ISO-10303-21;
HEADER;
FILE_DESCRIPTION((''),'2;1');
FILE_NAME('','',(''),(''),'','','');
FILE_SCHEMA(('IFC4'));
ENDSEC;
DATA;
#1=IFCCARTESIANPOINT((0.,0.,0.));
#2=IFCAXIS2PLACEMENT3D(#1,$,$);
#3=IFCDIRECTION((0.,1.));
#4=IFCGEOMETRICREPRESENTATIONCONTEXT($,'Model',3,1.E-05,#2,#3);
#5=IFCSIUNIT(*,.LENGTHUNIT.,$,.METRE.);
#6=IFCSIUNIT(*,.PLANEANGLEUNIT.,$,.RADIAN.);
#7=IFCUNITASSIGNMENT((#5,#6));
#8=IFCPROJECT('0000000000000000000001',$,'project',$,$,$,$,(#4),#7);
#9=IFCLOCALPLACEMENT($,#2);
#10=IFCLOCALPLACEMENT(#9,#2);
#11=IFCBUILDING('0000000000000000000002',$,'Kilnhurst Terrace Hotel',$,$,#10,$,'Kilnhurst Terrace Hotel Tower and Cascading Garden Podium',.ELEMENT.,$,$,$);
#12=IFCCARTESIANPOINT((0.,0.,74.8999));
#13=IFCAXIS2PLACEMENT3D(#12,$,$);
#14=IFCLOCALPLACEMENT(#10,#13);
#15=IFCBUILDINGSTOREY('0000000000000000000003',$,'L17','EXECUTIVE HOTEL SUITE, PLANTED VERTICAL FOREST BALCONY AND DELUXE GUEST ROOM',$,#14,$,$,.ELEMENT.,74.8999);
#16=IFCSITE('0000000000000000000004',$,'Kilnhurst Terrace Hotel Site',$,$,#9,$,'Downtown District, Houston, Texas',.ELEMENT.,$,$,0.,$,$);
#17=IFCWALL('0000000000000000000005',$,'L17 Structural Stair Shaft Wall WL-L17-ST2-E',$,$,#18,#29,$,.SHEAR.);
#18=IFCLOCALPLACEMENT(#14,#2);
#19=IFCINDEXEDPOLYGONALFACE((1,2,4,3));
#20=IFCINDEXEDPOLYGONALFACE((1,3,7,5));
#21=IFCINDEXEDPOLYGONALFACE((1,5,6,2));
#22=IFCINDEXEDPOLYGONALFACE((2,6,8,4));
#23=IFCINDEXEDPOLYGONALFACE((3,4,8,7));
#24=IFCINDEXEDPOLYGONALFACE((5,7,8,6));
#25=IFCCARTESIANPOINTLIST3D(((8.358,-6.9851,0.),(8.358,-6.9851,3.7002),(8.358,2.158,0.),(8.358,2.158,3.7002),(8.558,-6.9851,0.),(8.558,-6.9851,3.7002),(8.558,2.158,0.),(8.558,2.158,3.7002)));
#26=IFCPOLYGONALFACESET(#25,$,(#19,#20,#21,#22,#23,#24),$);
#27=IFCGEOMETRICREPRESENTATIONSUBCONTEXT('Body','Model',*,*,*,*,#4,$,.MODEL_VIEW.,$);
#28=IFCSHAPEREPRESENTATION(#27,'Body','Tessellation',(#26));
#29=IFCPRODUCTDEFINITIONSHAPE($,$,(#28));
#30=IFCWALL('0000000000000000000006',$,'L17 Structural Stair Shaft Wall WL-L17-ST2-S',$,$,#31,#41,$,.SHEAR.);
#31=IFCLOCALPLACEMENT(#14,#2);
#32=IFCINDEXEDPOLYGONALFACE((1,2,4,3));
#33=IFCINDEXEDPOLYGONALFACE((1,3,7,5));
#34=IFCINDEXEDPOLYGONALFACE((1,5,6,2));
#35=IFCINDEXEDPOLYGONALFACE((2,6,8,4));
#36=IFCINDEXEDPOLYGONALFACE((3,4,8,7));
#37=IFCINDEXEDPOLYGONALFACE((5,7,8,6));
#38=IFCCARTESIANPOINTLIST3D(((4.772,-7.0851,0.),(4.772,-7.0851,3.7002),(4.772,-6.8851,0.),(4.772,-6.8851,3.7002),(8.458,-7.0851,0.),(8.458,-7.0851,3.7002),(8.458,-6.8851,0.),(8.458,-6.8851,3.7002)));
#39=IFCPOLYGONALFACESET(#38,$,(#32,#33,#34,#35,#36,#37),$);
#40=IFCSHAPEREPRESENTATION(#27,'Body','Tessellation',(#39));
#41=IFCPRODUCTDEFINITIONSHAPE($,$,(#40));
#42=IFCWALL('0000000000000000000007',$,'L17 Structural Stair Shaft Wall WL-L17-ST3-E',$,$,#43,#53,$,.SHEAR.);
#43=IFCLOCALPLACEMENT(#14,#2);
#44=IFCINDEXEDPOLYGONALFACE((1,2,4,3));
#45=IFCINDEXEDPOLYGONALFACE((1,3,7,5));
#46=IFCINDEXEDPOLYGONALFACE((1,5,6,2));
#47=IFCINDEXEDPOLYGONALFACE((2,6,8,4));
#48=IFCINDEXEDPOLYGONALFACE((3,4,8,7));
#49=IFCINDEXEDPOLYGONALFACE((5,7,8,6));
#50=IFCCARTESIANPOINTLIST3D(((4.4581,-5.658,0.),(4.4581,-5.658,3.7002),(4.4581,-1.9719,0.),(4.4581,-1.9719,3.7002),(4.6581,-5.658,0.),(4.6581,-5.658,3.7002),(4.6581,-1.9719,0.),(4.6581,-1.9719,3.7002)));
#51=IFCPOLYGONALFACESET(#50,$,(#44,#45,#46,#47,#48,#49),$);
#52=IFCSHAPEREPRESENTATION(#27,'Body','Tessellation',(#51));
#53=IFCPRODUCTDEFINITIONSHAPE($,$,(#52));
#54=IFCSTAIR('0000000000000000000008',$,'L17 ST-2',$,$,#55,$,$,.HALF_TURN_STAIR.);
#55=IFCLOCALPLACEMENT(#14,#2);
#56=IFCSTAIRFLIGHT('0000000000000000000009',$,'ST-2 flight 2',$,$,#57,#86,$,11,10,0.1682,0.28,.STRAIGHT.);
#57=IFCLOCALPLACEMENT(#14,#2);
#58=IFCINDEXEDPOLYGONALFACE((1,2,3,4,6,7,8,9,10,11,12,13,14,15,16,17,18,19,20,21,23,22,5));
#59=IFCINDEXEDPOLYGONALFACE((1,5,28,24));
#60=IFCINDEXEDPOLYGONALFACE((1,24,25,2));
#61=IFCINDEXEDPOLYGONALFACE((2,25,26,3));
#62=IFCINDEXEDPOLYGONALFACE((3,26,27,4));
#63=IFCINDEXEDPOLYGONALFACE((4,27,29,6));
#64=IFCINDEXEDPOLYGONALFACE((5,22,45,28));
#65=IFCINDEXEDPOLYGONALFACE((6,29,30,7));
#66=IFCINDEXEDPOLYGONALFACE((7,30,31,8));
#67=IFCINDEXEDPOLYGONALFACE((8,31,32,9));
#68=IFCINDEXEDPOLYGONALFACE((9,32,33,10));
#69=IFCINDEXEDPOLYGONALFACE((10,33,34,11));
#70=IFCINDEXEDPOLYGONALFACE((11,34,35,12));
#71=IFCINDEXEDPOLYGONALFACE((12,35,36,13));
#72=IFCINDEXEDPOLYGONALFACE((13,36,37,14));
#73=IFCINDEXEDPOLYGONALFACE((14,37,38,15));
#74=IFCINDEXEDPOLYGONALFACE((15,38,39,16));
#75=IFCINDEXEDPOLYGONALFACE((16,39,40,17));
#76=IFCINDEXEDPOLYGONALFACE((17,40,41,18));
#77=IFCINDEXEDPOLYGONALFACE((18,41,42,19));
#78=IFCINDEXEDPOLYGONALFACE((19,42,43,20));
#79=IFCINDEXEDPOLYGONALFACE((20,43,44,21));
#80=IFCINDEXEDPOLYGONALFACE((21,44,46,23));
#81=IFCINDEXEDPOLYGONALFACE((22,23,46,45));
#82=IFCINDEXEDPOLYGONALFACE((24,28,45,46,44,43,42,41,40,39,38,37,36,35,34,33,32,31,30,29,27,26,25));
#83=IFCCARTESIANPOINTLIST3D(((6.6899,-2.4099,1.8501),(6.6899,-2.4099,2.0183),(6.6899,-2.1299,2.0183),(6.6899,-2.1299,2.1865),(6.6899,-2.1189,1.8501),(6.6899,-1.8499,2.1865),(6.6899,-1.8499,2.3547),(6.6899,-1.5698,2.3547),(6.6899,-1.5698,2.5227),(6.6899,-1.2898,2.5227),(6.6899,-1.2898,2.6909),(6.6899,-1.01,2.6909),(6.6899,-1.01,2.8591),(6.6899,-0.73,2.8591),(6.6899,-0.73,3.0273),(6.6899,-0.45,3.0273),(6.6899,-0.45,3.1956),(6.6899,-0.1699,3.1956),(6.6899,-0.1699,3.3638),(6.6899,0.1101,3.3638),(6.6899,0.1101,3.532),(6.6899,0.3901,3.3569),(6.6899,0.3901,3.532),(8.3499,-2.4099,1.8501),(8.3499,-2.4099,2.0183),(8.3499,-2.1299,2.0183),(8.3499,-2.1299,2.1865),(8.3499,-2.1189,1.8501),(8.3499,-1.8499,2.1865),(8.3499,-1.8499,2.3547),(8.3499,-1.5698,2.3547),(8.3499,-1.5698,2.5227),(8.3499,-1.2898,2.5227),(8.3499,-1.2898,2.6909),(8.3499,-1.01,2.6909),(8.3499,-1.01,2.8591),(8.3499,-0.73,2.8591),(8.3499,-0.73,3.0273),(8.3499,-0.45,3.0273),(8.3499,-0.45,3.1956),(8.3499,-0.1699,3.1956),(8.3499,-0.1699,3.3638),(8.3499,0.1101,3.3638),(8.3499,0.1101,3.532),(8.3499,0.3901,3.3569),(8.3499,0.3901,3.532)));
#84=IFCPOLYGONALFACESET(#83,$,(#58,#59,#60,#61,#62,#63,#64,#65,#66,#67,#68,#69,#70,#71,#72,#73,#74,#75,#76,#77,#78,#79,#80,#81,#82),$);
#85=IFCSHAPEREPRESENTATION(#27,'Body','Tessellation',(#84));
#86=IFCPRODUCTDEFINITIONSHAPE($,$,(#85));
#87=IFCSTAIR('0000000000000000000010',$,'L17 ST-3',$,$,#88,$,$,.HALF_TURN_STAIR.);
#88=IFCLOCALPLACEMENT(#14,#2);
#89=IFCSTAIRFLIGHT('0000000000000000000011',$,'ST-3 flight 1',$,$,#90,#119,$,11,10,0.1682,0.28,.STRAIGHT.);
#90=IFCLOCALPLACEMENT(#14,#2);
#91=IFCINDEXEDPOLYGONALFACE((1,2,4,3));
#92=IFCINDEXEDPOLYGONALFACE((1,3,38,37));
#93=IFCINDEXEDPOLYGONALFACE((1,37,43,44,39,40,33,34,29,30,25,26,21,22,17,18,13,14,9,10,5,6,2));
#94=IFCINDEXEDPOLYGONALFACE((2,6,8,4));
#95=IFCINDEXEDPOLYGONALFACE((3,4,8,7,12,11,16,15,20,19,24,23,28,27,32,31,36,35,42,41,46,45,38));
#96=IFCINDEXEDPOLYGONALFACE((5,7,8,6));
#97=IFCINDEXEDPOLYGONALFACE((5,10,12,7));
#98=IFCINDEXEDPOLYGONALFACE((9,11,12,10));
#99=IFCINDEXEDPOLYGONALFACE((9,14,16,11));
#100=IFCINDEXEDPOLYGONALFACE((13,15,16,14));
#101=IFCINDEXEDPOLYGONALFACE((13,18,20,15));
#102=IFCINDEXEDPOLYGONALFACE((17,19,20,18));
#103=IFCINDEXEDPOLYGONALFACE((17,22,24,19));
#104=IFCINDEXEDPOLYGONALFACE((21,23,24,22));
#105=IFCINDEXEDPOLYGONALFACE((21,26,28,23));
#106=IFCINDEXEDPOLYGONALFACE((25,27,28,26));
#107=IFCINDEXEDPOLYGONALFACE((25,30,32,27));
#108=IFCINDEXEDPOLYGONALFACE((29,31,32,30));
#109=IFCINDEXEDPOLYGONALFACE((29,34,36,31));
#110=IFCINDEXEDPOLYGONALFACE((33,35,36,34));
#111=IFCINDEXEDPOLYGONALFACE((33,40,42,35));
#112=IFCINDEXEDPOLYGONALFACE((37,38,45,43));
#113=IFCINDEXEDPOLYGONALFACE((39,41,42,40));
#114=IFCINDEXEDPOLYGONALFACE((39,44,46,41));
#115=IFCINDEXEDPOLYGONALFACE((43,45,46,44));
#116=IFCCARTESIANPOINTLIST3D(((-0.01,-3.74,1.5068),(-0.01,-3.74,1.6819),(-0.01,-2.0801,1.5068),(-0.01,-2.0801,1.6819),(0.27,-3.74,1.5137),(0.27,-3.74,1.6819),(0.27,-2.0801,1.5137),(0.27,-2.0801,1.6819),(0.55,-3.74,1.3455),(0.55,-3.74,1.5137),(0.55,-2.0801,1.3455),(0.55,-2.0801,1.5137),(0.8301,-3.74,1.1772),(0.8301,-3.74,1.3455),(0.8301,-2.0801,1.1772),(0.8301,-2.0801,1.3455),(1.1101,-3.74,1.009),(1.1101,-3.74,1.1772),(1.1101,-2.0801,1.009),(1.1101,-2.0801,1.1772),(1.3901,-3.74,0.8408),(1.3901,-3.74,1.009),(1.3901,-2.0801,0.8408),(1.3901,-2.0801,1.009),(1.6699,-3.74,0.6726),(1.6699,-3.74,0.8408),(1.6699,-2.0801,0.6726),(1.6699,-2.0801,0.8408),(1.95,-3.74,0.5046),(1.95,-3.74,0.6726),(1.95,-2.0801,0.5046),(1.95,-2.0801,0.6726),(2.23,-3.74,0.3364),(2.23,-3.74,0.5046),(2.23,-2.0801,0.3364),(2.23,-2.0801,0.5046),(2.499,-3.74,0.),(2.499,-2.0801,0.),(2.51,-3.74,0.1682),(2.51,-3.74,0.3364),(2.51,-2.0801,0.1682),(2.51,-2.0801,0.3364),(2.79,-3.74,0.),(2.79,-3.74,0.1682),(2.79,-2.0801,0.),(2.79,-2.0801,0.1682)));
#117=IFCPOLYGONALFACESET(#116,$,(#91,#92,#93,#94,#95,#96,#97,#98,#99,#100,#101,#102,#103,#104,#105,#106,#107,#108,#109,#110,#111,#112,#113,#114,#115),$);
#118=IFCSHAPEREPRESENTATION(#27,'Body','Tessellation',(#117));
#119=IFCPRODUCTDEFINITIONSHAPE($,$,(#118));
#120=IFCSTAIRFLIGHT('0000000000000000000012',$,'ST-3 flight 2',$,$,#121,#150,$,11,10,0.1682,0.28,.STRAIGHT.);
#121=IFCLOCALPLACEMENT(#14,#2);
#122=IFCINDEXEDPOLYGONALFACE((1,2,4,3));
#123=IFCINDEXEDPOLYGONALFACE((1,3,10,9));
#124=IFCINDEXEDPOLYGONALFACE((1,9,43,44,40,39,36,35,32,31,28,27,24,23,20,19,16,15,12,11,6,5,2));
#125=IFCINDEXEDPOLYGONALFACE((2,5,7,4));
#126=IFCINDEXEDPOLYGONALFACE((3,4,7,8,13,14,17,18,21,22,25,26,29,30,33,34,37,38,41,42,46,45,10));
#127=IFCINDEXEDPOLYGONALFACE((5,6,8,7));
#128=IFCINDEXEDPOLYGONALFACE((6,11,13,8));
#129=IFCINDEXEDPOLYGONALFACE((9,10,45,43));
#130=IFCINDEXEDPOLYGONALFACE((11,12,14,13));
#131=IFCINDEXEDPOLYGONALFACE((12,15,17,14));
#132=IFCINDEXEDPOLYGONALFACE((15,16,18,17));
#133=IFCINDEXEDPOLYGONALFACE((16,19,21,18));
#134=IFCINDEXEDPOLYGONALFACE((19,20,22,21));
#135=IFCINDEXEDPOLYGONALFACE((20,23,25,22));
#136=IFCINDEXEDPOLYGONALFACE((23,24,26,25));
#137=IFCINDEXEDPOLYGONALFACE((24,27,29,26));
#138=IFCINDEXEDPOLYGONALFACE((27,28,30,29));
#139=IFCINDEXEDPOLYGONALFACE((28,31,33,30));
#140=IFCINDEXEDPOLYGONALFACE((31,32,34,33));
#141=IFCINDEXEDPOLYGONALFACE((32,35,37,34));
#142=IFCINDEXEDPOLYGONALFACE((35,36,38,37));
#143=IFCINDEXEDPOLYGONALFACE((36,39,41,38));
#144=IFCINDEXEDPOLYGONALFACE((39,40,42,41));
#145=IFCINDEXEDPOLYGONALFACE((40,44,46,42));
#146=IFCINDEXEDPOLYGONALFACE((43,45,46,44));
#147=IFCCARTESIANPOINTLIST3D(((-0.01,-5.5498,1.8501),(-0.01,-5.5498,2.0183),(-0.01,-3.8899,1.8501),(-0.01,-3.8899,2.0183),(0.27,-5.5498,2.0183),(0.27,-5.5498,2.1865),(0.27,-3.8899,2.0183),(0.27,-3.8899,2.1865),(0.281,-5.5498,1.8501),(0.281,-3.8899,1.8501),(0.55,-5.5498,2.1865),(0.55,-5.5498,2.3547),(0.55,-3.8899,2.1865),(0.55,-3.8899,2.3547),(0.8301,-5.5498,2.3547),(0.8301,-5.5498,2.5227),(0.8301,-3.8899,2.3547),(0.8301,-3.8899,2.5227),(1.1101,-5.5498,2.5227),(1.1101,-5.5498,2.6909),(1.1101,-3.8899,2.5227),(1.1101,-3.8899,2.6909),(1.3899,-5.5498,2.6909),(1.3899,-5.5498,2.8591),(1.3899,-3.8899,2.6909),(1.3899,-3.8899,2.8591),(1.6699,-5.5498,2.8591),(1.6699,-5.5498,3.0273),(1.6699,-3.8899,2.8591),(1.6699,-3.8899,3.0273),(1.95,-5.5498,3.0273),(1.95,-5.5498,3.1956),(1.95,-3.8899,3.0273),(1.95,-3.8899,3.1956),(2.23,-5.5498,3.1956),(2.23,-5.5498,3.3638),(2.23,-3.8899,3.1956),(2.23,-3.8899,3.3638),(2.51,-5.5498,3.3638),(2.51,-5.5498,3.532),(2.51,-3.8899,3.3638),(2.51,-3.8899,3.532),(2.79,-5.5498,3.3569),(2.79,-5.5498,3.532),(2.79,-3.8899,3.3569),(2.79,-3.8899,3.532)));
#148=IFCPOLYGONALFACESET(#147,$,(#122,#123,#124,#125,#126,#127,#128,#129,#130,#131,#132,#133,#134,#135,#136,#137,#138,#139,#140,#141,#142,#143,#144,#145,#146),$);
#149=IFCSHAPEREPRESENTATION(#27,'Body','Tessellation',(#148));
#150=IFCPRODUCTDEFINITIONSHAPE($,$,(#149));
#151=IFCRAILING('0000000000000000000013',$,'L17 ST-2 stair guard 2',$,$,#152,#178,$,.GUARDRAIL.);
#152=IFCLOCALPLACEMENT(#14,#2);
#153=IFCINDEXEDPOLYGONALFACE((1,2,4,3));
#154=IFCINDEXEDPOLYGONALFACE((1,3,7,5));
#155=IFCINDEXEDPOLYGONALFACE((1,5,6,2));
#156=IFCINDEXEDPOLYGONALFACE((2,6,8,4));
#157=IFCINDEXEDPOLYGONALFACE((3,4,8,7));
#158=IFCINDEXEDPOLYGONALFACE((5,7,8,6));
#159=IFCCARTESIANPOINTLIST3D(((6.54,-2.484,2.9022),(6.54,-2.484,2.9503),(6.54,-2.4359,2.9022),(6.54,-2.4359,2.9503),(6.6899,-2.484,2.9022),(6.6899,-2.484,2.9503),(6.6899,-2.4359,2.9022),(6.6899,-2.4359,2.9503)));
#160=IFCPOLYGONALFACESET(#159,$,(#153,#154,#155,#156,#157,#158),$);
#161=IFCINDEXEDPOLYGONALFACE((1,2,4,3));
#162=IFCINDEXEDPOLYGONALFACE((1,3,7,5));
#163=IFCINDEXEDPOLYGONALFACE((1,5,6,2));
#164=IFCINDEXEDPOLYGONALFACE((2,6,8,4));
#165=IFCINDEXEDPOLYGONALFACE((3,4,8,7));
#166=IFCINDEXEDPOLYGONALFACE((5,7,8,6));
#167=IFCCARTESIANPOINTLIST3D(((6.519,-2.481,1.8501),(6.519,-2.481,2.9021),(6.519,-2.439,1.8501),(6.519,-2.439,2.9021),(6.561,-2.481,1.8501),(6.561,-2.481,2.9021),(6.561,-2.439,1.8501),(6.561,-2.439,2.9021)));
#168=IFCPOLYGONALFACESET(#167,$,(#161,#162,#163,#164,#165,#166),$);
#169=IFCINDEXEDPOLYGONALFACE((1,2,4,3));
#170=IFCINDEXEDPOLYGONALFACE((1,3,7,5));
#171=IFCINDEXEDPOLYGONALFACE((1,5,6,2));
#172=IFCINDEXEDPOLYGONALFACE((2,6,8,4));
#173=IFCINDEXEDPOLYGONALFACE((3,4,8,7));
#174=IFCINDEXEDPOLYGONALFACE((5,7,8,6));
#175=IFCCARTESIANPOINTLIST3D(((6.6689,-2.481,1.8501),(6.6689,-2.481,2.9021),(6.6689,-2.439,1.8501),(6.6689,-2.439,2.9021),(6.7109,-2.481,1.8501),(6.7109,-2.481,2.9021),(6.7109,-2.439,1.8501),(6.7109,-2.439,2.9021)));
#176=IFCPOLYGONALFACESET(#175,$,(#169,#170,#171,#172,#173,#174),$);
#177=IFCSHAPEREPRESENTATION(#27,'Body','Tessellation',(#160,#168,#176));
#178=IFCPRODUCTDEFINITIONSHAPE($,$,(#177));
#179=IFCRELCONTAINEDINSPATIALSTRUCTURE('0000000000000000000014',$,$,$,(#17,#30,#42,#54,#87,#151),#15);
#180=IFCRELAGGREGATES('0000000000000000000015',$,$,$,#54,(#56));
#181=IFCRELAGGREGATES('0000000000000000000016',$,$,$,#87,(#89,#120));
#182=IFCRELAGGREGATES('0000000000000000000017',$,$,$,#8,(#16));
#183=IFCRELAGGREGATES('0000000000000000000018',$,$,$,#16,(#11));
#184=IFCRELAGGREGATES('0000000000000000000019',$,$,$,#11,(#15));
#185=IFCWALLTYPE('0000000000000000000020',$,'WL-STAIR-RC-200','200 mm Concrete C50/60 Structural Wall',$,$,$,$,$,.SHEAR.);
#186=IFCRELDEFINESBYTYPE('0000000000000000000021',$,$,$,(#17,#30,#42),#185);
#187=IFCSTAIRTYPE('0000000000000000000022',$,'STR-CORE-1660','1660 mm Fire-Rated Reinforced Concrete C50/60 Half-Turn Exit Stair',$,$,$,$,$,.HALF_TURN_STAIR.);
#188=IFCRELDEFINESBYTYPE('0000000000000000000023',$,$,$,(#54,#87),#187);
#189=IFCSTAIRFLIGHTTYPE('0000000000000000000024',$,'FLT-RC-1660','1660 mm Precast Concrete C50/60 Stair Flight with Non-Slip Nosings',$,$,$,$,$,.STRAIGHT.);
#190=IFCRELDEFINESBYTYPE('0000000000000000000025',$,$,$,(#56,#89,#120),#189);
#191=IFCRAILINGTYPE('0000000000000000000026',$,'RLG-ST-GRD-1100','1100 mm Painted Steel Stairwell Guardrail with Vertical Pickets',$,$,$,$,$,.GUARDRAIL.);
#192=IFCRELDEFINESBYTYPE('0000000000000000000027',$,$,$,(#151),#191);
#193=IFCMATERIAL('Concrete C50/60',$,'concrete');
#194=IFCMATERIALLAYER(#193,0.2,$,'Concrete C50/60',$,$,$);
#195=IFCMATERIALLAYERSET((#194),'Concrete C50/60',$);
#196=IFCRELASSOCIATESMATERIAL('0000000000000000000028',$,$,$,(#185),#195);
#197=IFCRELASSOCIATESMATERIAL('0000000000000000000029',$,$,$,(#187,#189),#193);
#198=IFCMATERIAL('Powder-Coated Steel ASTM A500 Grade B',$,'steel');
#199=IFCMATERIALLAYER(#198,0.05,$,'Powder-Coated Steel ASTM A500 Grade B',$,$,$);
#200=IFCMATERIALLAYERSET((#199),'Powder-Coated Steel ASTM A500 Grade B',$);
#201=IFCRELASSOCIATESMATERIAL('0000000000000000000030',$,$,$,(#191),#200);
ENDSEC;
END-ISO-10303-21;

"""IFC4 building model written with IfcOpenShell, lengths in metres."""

from ifc_helpers import new_model, si_unit, direction, frame, frame_2d, origin, origin_2d, place, context, subcontext, project, spatial, polyline, rectangle, outline, extrude, material, layer, layer_set, type_object, element, aggregate, save


model = new_model("IFC4")

# Units and contexts
model_context = context("Model", 3, precision=1e-05, world=origin(), true_north=direction((0.0, 1.0)))
body_context = subcontext(model_context, "Body", "Model", "MODEL_VIEW")
ifc_project = project(units=[si_unit("LENGTHUNIT", "METRE"), si_unit("PLANEANGLEUNIT", "RADIAN")], contexts=[model_context])

# Site, building, storey
site_placement = place(None, origin())
site = spatial("IfcSite", under=ifc_project, at=site_placement, Name="Kilnhurst Terrace Hotel Site", LongName="Downtown District, Houston, Texas", CompositionType="ELEMENT", RefElevation=0.0)
building_placement = place(site_placement, origin())
building = spatial("IfcBuilding", under=site, at=building_placement, Name="Kilnhurst Terrace Hotel", LongName="Kilnhurst Terrace Hotel Tower and Cascading Garden Podium", CompositionType="ELEMENT")
storey_placement = place(building_placement, frame((0.0, 0.0, 74.8999)))
storey = spatial("IfcBuildingStorey", under=building, at=storey_placement, Name="L17", Description="EXECUTIVE HOTEL SUITE, PLANTED VERTICAL FOREST BALCONY AND DELUXE GUEST ROOM", CompositionType="ELEMENT", Elevation=74.8999)

# Shared definitions
ifc_material_1 = material(Name="Concrete C50/60", Category="concrete")

# Walls
ifc_layer_1 = layer(ifc_material_1, 0.2, Name="Concrete C50/60")
ifc_layer_set_1 = layer_set([ifc_layer_1], Name="Concrete C50/60")
wall_type_1 = type_object("IfcWallType", Name="WL-STAIR-RC-200", Description="200 mm Concrete C50/60 Structural Wall", PredefinedType="SHEAR", material=ifc_layer_set_1)
for number, where, z_axis, x_axis, name in (
    (1, (8.458, -6.9851, 0.0), (0.0, 0.0, 1.0), (0.0, 1.0, 0.0), "L17 Structural Stair Shaft Wall WL-L17-ST2-E"),
):
    element("IfcWall", number, at=place(storey_placement, frame(where, z_axis=z_axis, x_axis=x_axis)), inside=storey, type_object=wall_type_1, Name=name, PredefinedType="SHEAR", context=body_context, shape_type="SweptSolid", body=[
        extrude(rectangle(XDim=9.1431, YDim=0.2, at=frame_2d((4.5715, 0.0))), origin(), (0.0, 0.0, 1.0), 3.7002),
    ])
for number, where, z_axis, x_axis, name in (
    (2, (4.772, -6.9851, 0.0), (0.0, 0.0, 1.0), (1.0, 0.0, 0.0), "L17 Structural Stair Shaft Wall WL-L17-ST2-S"),
    (3, (4.5581, -5.658, 0.0), (0.0, 0.0, 1.0), (0.0, 1.0, 0.0), "L17 Structural Stair Shaft Wall WL-L17-ST3-E"),
):
    element("IfcWall", number, at=place(storey_placement, frame(where, z_axis=z_axis, x_axis=x_axis)), inside=storey, type_object=wall_type_1, Name=name, PredefinedType="SHEAR", context=body_context, shape_type="SweptSolid", body=[
        extrude(rectangle(XDim=3.686, YDim=0.2, at=frame_2d((1.843, 0.0))), origin(), (0.0, 0.0, 1.0), 3.7002),
    ])

# Stair, stair flight
stair_type = type_object("IfcStairType", Name="STR-CORE-1660", Description="1660 mm Fire-Rated Reinforced Concrete C50/60 Half-Turn Exit Stair", PredefinedType="HALF_TURN_STAIR", material=ifc_material_1)
stair_1_placement = place(storey_placement, origin())
stair_1 = element("IfcStair", 4, at=stair_1_placement, inside=storey, type_object=stair_type, Name="L17 ST-2", PredefinedType="HALF_TURN_STAIR")
stair_flight_type = type_object("IfcStairFlightType", Name="FLT-RC-1660", Description="1660 mm Precast Concrete C50/60 Stair Flight with Non-Slip Nosings", PredefinedType="STRAIGHT", material=ifc_material_1)
stair_flight_1_placement = place(storey_placement, frame((7.52, -2.4099, 1.8501), z_axis=(0.0, 0.0, 1.0), x_axis=(0.0, 1.0, 0.0)))
stair_flight_1 = element("IfcStairFlight", 5, at=stair_flight_1_placement, type_object=stair_flight_type, Name="ST-2 flight 2", NumberOfRisers=11, NumberOfTreads=10, PredefinedType="STRAIGHT", RiserHeight=0.1682, TreadLength=0.28, context=body_context, shape_type="SweptSolid", body=[
    extrude(outline(polyline([(0.0, 0.0), (0.0, 0.1682), (0.28, 0.1682), (0.28, 0.3364), (0.5601, 0.3364), (0.5601, 0.5046), (0.8401, 0.5046), (0.8401, 0.6726), (1.1201, 0.6726), (1.1201, 0.8408), (1.3999, 0.8408), (1.3999, 1.009), (1.6799, 1.009), (1.6799, 1.1772), (1.96, 1.1772), (1.96, 1.3455), (2.24, 1.3455), (2.24, 1.5137), (2.52, 1.5137), (2.52, 1.6819), (2.8, 1.6819), (2.8, 1.8501), (2.8, 1.5068), (0.291, 0.0), (0.0, 0.0)])), frame((0.0, 0.8301, 0.0), z_axis=(0.0, -1.0, 0.0), x_axis=(1.0, 0.0, 0.0)), (0.0, 0.0, 1.0), 1.6599),
])
aggregate(stair_1, [stair_flight_1])

# Stair, stair flights
stair_2_placement = place(storey_placement, origin())
stair_2 = element("IfcStair", 6, at=stair_2_placement, inside=storey, type_object=stair_type, Name="L17 ST-3", PredefinedType="HALF_TURN_STAIR")
stair_flight_2_placement = place(storey_placement, frame((2.79, -2.9099, 0.0), z_axis=(0.0, 0.0, 1.0), x_axis=(-1.0, 0.0, 0.0)))
stair_flight_2 = element("IfcStairFlight", 7, at=stair_flight_2_placement, type_object=stair_flight_type, Name="ST-3 flight 1", NumberOfRisers=11, NumberOfTreads=10, PredefinedType="STRAIGHT", RiserHeight=0.1682, TreadLength=0.28, context=body_context, shape_type="SweptSolid", body=[
    extrude(outline(polyline([(0.0, 0.0), (0.0, 0.1682), (0.28, 0.1682), (0.28, 0.3364), (0.5601, 0.3364), (0.5601, 0.5046), (0.8401, 0.5046), (0.8401, 0.6726), (1.1201, 0.6726), (1.1201, 0.8408), (1.3999, 0.8408), (1.3999, 1.009), (1.6799, 1.009), (1.6799, 1.1772), (1.96, 1.1772), (1.96, 1.3455), (2.24, 1.3455), (2.24, 1.5137), (2.52, 1.5137), (2.52, 1.6819), (2.8, 1.6819), (2.8, 1.8501), (2.8, 1.5068), (0.291, 0.0), (0.0, 0.0)])), frame((0.0, 0.8301, 0.0), z_axis=(0.0, -1.0, 0.0), x_axis=(1.0, 0.0, 0.0)), (0.0, 0.0, 1.0), 1.6599),
])
stair_flight_3_placement = place(storey_placement, frame((-0.01, -4.72, 1.8501), z_axis=(0.0, 0.0, 1.0), x_axis=(1.0, 0.0, 0.0)))
stair_flight_3 = element("IfcStairFlight", 8, at=stair_flight_3_placement, type_object=stair_flight_type, Name="ST-3 flight 2", NumberOfRisers=11, NumberOfTreads=10, PredefinedType="STRAIGHT", RiserHeight=0.1682, TreadLength=0.28, context=body_context, shape_type="SweptSolid", body=[
    extrude(outline(polyline([(0.0, 0.0), (0.0, 0.1682), (0.28, 0.1682), (0.28, 0.3364), (0.5601, 0.3364), (0.5601, 0.5046), (0.8401, 0.5046), (0.8401, 0.6726), (1.1201, 0.6726), (1.1201, 0.8408), (1.3999, 0.8408), (1.3999, 1.009), (1.6799, 1.009), (1.6799, 1.1772), (1.96, 1.1772), (1.96, 1.3455), (2.24, 1.3455), (2.24, 1.5137), (2.52, 1.5137), (2.52, 1.6819), (2.8, 1.6819), (2.8, 1.8501), (2.8, 1.5068), (0.291, 0.0), (0.0, 0.0)])), frame((0.0, 0.8301, 0.0), z_axis=(0.0, -1.0, 0.0), x_axis=(1.0, 0.0, 0.0)), (0.0, 0.0, 1.0), 1.6599),
])
aggregate(stair_2, [stair_flight_2, stair_flight_3])

# Railing
ifc_material_2 = material(Name="Powder-Coated Steel ASTM A500 Grade B", Category="steel")
ifc_layer_2 = layer(ifc_material_2, 0.05, Name="Powder-Coated Steel ASTM A500 Grade B")
ifc_layer_set_2 = layer_set([ifc_layer_2], Name="Powder-Coated Steel ASTM A500 Grade B")
railing_type_1 = type_object("IfcRailingType", Name="RLG-ST-GRD-1100", Description="1100 mm Painted Steel Stairwell Guardrail with Vertical Pickets", PredefinedType="GUARDRAIL", material=ifc_layer_set_2)
railing_1_placement = place(storey_placement, frame((6.54, -2.46, 1.8501)))
element("IfcRailing", 9, at=railing_1_placement, inside=storey, type_object=railing_type_1, Name="L17 ST-2 stair guard 2", PredefinedType="GUARDRAIL", context=body_context, shape_type="SweptSolid", body=[
    extrude(rectangle(XDim=0.0481, YDim=0.0481, at=origin_2d()), frame((0.0, 0.0, 1.0762), z_axis=(1.0, 0.0, 0.0), x_axis=(0.0, 1.0, 0.0)), (0.0, 0.0, 1.0), 0.1499),
    extrude(rectangle(XDim=0.042, YDim=0.042, at=origin_2d()), origin(), (0.0, 0.0, 1.0), 1.052),
    extrude(rectangle(XDim=0.042, YDim=0.042, at=origin_2d()), frame((0.1499, 0.0, 0.0)), (0.0, 0.0, 1.0), 1.052),
])

save(model, "model.ifc")
